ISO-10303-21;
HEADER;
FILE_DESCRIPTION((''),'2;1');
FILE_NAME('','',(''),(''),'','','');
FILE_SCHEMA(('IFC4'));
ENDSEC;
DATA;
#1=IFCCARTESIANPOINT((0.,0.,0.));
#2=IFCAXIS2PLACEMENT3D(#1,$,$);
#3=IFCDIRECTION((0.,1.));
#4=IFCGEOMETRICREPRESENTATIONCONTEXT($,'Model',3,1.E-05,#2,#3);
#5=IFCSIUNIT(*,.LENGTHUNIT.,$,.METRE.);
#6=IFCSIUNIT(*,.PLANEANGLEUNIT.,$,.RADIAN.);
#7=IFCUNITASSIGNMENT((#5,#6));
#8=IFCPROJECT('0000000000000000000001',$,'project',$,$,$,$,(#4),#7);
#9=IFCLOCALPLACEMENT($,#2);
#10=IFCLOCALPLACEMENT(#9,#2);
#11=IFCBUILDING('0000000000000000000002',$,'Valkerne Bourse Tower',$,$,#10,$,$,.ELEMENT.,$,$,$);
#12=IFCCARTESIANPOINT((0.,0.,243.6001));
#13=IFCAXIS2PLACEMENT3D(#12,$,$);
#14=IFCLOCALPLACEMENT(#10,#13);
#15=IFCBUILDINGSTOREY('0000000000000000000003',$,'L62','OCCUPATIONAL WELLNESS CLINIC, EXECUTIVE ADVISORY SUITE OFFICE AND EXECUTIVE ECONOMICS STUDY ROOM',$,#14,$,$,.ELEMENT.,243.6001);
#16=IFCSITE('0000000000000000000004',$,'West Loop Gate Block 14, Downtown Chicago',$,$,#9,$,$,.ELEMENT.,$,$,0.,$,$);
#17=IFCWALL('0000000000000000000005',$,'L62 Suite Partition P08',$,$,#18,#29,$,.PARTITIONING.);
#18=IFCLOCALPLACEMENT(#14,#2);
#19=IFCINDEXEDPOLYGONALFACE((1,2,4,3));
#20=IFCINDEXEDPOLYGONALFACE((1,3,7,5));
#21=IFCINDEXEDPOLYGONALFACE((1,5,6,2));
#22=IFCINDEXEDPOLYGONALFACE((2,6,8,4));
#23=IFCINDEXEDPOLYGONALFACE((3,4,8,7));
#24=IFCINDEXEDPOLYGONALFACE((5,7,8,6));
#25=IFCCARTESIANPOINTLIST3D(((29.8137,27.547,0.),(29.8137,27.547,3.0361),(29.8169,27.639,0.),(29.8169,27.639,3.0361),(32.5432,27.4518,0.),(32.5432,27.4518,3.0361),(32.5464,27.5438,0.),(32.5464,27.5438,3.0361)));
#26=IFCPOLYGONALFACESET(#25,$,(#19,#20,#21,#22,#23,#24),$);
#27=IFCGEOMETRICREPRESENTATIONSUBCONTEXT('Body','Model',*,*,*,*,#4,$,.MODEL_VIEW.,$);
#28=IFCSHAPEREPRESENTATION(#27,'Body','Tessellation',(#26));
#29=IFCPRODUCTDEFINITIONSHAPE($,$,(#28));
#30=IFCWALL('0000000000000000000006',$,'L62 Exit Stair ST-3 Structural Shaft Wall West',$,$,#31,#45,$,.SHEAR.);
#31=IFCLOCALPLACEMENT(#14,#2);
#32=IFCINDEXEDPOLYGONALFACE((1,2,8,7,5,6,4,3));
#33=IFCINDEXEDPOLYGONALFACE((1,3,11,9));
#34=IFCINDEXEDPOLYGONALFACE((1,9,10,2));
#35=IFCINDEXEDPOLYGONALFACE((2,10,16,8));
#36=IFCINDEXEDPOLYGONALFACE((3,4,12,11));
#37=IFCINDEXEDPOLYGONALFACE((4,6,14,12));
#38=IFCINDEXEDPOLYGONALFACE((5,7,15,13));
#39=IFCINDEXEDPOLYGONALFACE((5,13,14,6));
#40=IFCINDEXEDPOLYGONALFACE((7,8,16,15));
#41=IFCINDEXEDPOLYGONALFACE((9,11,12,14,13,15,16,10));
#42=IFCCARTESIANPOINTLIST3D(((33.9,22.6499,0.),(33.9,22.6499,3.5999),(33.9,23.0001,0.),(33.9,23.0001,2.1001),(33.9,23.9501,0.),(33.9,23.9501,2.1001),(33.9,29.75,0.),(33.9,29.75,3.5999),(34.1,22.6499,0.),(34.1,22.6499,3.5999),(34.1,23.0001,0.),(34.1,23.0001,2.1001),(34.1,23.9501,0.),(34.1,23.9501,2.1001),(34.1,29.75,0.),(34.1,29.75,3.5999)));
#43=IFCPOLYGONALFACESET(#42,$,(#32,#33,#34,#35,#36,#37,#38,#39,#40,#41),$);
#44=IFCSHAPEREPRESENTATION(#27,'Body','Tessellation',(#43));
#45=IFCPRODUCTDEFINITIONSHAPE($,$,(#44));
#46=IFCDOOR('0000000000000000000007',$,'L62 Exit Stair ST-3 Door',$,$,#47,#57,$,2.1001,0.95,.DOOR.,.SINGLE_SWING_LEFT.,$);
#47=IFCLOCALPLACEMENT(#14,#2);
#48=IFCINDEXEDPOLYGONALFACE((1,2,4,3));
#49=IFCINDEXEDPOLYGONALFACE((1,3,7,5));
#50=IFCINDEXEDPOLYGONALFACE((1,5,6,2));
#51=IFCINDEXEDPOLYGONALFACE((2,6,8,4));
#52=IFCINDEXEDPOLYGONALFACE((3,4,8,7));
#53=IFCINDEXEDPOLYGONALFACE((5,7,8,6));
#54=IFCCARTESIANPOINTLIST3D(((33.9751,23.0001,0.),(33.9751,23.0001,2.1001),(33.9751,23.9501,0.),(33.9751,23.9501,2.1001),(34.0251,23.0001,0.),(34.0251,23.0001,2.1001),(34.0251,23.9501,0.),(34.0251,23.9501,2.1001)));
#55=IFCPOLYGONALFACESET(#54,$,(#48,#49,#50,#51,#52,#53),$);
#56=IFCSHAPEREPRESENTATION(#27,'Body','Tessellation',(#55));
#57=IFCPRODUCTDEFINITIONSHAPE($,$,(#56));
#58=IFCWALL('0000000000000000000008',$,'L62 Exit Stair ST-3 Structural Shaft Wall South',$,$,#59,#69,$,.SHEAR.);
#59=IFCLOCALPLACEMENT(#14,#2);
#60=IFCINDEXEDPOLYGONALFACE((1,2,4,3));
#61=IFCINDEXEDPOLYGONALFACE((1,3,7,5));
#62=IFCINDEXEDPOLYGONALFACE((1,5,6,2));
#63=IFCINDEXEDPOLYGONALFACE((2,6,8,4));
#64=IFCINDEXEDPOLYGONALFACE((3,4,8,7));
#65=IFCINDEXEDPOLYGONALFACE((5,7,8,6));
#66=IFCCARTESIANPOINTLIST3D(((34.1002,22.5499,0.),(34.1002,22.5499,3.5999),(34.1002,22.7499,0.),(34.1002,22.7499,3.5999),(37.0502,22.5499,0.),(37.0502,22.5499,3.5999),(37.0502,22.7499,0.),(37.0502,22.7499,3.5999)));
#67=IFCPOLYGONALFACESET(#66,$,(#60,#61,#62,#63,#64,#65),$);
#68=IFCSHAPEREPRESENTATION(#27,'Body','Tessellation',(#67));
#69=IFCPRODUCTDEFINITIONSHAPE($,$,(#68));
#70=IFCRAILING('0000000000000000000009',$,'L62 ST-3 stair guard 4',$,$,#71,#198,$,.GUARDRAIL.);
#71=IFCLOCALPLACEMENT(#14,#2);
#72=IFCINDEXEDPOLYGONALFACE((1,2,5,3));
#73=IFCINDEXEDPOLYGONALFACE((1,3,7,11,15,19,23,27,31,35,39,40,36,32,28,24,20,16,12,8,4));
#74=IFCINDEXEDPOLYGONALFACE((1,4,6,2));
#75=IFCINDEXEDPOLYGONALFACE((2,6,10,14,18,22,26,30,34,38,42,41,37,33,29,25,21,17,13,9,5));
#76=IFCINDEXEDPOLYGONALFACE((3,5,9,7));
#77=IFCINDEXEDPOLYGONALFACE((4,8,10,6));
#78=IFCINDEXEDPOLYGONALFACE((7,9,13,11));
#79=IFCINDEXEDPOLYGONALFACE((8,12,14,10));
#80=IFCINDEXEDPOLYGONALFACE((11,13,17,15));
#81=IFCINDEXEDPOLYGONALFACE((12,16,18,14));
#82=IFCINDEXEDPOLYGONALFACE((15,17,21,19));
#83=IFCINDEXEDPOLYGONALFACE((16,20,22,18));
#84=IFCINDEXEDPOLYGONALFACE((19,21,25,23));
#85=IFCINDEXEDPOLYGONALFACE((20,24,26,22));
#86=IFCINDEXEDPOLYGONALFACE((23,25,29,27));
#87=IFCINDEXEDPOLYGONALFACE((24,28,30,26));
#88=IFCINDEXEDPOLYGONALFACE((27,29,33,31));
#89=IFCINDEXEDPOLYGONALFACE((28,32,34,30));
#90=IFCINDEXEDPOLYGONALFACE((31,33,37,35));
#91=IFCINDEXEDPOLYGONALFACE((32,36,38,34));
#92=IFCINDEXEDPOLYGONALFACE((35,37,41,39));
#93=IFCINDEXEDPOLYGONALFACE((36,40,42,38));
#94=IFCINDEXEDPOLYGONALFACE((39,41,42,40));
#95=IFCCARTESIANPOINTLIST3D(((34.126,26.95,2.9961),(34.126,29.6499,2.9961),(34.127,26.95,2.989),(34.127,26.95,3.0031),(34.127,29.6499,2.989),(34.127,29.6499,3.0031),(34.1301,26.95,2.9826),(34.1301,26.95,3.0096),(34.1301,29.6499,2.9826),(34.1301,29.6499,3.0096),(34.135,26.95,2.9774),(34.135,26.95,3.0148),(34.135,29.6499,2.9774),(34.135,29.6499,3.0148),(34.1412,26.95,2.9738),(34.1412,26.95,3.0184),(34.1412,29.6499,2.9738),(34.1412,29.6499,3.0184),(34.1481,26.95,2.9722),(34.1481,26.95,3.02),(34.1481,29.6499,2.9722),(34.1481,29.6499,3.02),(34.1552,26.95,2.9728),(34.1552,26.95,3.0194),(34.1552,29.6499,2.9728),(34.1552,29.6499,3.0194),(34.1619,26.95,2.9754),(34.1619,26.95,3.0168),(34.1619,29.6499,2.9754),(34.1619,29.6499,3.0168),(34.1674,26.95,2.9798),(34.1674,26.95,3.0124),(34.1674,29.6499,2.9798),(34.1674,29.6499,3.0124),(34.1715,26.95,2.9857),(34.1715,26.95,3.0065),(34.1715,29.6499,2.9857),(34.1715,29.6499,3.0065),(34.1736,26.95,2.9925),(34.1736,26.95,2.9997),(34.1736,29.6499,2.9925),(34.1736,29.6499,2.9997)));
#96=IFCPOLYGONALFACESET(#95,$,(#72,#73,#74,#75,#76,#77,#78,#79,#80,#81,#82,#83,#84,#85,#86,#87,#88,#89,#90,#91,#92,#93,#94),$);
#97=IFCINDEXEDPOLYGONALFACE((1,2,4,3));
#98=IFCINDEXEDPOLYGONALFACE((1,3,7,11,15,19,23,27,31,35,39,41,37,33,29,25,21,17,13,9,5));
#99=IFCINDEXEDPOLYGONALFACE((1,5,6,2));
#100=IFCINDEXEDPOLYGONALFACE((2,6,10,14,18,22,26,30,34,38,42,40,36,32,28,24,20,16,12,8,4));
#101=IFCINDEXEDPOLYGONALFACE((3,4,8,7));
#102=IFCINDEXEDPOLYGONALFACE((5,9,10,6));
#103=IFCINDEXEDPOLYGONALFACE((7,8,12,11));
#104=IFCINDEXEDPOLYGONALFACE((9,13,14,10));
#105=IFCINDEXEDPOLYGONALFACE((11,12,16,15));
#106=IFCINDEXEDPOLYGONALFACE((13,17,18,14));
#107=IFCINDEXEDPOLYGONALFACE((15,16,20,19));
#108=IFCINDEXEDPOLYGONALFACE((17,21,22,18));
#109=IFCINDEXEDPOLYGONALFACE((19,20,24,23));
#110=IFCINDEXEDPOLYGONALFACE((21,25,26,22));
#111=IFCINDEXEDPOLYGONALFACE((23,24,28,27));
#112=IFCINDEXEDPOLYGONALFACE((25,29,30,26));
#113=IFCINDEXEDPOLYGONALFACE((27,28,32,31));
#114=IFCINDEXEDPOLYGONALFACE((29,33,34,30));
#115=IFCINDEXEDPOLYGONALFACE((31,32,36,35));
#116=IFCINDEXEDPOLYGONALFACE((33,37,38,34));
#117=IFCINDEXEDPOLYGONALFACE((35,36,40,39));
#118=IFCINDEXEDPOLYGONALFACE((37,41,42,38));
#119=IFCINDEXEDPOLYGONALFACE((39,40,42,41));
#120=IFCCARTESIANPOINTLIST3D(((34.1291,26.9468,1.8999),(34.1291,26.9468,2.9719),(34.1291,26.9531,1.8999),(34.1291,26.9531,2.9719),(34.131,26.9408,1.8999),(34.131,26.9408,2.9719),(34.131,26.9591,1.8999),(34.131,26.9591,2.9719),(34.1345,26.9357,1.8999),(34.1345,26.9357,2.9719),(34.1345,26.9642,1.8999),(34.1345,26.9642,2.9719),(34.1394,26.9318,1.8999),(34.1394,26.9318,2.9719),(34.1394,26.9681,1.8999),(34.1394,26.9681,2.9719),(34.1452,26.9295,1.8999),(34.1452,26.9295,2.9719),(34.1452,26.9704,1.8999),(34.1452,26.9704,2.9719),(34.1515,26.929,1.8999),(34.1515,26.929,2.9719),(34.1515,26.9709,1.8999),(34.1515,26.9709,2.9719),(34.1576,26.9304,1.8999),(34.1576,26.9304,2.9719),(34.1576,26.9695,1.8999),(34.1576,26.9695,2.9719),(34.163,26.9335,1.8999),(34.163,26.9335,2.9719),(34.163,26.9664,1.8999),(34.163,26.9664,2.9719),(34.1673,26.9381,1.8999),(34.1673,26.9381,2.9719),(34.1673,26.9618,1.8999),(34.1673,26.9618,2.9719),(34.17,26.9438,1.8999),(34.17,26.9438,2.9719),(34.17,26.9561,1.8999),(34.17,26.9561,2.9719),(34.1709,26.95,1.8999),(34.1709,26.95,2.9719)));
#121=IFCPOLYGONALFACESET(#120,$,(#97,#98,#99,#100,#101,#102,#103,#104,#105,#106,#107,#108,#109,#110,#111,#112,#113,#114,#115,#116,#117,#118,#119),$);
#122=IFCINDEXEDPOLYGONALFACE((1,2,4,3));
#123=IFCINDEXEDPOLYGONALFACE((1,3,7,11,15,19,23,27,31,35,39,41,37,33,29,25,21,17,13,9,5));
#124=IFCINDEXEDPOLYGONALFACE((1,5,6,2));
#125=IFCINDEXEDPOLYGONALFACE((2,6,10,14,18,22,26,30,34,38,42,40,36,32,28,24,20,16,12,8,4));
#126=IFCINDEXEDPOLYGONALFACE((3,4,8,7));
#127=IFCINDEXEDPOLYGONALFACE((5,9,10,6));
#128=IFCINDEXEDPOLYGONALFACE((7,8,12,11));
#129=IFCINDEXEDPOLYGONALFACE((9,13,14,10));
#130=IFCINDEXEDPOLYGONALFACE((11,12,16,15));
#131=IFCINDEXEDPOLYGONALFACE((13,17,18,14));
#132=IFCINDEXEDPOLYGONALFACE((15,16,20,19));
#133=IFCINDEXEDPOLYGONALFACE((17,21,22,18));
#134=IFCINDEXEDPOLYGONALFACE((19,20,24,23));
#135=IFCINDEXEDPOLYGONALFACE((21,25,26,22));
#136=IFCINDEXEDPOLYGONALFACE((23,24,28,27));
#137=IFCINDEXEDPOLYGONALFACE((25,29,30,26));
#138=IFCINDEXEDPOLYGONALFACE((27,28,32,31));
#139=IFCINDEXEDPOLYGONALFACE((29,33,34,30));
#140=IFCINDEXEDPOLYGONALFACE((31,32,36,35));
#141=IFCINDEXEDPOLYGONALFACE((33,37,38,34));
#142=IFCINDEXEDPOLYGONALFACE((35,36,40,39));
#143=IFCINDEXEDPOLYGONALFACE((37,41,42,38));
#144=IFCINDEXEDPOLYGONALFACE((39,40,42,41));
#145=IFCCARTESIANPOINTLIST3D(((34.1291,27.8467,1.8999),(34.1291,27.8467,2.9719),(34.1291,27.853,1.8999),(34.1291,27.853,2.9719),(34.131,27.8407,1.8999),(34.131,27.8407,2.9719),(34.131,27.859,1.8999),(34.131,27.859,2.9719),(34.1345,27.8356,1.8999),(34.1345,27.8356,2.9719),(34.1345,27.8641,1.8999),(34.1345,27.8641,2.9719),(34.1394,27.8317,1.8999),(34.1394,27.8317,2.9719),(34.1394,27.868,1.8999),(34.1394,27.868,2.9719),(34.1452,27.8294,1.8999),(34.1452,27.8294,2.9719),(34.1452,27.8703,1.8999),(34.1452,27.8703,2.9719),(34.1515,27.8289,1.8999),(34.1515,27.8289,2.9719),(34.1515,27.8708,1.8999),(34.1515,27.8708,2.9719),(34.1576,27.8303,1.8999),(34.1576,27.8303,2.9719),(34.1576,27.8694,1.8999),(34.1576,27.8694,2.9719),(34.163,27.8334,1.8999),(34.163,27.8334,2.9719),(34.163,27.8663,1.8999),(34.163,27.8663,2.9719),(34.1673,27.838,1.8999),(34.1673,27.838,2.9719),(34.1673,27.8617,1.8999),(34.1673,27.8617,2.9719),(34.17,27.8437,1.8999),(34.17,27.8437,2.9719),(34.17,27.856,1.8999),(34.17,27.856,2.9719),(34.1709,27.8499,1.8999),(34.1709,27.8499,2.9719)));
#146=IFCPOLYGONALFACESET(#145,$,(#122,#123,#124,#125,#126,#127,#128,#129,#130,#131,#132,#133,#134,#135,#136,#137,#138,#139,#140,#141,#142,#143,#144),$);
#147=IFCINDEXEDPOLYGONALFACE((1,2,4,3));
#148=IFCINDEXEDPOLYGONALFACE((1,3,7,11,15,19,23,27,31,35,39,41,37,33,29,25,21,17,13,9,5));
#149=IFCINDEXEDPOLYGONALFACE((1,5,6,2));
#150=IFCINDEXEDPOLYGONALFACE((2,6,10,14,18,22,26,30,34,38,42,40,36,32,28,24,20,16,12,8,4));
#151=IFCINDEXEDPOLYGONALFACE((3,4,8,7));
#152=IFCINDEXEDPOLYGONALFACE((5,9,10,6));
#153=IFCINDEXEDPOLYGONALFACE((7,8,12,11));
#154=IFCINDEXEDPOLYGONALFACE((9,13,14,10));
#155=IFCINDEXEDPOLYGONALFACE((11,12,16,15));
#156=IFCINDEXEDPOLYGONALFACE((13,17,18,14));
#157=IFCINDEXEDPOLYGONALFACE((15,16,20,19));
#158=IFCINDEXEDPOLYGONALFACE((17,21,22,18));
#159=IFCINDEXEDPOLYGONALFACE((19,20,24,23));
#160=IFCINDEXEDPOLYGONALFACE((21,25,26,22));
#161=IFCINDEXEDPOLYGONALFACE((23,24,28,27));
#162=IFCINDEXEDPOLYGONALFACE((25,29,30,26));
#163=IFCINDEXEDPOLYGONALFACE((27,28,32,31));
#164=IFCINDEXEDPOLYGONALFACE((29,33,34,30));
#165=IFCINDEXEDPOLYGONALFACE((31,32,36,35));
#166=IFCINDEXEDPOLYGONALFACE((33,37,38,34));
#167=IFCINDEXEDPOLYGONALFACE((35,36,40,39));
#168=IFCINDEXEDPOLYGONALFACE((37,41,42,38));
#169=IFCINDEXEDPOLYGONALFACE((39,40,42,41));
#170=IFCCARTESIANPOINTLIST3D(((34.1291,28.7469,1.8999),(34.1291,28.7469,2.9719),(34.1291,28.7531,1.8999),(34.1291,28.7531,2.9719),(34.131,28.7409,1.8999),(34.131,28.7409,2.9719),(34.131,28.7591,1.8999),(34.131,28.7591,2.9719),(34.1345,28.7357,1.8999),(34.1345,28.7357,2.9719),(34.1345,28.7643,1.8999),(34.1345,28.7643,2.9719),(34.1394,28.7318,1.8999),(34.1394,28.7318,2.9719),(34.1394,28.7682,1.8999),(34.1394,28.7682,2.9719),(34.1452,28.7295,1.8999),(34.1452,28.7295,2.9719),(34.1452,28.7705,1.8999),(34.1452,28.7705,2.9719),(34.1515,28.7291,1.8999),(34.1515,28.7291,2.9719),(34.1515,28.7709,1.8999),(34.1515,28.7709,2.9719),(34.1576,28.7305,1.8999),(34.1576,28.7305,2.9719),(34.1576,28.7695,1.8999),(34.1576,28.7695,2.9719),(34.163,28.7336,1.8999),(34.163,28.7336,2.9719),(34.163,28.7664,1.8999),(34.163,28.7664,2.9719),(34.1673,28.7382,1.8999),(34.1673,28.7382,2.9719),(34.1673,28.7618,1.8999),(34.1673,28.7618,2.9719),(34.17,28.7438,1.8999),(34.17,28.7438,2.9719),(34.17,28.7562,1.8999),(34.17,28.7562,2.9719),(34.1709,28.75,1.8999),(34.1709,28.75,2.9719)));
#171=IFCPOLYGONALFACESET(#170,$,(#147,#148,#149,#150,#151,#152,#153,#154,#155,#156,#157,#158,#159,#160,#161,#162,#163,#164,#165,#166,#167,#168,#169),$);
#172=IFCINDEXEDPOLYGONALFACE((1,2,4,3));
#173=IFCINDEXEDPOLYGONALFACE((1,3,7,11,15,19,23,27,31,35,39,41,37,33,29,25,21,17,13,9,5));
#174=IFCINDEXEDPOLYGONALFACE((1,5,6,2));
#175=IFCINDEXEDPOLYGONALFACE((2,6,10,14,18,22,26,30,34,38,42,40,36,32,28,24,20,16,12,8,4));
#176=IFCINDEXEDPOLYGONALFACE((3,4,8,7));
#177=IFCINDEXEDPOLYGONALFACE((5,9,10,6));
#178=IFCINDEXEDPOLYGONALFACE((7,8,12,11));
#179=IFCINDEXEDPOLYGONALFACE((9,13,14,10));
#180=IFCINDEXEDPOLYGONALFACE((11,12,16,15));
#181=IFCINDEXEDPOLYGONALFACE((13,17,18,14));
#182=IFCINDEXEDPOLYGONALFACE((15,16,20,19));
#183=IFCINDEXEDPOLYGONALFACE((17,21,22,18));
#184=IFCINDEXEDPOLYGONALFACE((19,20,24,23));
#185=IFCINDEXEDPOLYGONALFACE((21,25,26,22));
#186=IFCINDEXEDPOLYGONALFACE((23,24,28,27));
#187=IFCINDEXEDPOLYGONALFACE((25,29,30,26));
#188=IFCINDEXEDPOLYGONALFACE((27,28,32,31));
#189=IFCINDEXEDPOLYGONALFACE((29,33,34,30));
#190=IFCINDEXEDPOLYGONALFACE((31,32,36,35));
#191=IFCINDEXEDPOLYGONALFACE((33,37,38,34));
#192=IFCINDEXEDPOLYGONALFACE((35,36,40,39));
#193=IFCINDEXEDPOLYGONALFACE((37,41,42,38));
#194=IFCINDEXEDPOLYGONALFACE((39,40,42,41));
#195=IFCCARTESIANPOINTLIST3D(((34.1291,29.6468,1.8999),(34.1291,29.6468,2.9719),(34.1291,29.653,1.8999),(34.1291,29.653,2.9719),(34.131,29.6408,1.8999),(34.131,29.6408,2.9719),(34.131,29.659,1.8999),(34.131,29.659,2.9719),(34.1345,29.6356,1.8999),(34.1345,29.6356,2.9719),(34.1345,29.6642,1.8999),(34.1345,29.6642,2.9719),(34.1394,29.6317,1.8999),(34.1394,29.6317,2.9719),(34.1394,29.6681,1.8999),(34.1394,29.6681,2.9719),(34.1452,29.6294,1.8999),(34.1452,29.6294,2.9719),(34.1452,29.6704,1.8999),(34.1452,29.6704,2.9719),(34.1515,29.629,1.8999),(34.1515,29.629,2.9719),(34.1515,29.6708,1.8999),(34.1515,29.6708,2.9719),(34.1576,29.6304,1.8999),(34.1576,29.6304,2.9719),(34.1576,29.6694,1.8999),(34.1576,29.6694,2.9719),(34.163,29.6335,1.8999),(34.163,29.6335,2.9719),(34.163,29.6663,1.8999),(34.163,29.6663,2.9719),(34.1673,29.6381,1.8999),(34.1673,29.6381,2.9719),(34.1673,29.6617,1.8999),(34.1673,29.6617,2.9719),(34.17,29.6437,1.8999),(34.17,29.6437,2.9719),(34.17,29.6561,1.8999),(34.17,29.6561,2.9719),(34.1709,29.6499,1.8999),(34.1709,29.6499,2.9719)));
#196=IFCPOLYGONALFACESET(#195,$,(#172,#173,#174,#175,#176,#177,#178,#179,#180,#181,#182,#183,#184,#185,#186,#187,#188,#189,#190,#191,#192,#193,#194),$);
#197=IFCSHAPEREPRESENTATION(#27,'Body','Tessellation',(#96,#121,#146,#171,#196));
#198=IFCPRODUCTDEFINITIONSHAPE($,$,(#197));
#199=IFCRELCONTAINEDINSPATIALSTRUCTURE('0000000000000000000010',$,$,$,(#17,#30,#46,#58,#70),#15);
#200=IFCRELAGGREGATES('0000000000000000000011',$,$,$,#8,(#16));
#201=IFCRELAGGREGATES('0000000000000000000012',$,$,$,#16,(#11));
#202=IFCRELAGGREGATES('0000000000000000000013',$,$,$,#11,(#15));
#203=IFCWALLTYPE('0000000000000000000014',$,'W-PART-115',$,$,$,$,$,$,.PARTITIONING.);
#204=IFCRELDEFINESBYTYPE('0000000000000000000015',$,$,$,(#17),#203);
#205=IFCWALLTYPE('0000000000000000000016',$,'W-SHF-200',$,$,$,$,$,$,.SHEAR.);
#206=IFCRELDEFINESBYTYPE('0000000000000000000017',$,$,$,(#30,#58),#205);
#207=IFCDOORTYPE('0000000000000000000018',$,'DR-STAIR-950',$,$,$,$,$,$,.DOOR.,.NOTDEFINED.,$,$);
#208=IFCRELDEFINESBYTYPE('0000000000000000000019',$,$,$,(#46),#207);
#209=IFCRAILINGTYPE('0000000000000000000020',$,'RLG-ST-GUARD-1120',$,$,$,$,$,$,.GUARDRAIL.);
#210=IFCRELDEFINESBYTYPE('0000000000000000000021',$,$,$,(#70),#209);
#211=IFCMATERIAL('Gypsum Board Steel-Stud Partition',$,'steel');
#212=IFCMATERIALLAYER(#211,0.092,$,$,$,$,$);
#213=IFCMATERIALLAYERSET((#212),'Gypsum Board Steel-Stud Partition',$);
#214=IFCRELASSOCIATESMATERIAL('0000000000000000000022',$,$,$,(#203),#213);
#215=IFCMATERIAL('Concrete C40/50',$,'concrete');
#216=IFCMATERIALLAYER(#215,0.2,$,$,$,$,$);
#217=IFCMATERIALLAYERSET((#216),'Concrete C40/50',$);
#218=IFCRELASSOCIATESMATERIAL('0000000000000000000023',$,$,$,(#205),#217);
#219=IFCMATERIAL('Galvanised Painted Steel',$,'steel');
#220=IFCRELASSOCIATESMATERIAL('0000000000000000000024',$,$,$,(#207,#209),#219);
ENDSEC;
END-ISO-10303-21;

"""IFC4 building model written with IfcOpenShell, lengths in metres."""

from ifc_helpers import new_model, si_unit, direction, frame, frame_2d, origin, origin_2d, place, context, subcontext, project, spatial, rectangle, circle, extrude, material, layer, layer_set, type_object, element, fill, save


model = new_model("IFC4")

# Units and contexts
model_context = context("Model", 3, precision=1e-05, world=origin(), true_north=direction((0.0, 1.0)))
body_context = subcontext(model_context, "Body", "Model", "MODEL_VIEW")
ifc_project = project(units=[si_unit("LENGTHUNIT", "METRE"), si_unit("PLANEANGLEUNIT", "RADIAN")], contexts=[model_context])

# Site, building, storey
site_placement = place(None, origin())
site = spatial("IfcSite", under=ifc_project, at=site_placement, Name="West Loop Gate Block 14, Downtown Chicago", CompositionType="ELEMENT", RefElevation=0.0)
building_placement = place(site_placement, origin())
building = spatial("IfcBuilding", under=site, at=building_placement, Name="Valkerne Bourse Tower", CompositionType="ELEMENT")
storey_placement = place(building_placement, frame((0.0, 0.0, 243.6001)))
storey = spatial("IfcBuildingStorey", under=building, at=storey_placement, Name="L62", Description="OCCUPATIONAL WELLNESS CLINIC, EXECUTIVE ADVISORY SUITE OFFICE AND EXECUTIVE ECONOMICS STUDY ROOM", CompositionType="ELEMENT", Elevation=243.6001)

# Shared definitions
ifc_material_1 = material(Name="Gypsum Board Steel-Stud Partition", Category="steel")

# Wall
ifc_layer_1 = layer(ifc_material_1, 0.092)
ifc_layer_set_1 = layer_set([ifc_layer_1], Name="Gypsum Board Steel-Stud Partition")
wall_type_1 = type_object("IfcWallType", Name="W-PART-115", PredefinedType="PARTITIONING", material=ifc_layer_set_1)
wall_1_placement = place(storey_placement, frame((32.5449, 27.4978, 0.0), z_axis=(0.0, 0.0, 1.0), x_axis=(-0.999392, 0.034863, 0.0)))
element("IfcWall", 1, at=wall_1_placement, inside=storey, type_object=wall_type_1, Name="L62 Suite Partition P08", PredefinedType="PARTITIONING", context=body_context, shape_type="SweptSolid", body=[
    extrude(rectangle(XDim=2.7312, YDim=0.092, at=frame_2d((1.3657, 0.0))), origin(), (0.0, 0.0, 1.0), 3.0361),
])

# Wall, opening, door
ifc_material_2 = material(Name="Concrete C40/50", Category="concrete")
ifc_layer_2 = layer(ifc_material_2, 0.2)
ifc_layer_set_2 = layer_set([ifc_layer_2], Name="Concrete C40/50")
wall_type_2 = type_object("IfcWallType", Name="W-SHF-200", PredefinedType="SHEAR", material=ifc_layer_set_2)
wall_2_placement = place(storey_placement, frame((34.0, 22.6499, 0.0), z_axis=(0.0, 0.0, 1.0), x_axis=(0.0, 1.0, 0.0)))
wall_2 = element("IfcWall", 2, at=wall_2_placement, inside=storey, type_object=wall_type_2, Name="L62 Exit Stair ST-3 Structural Shaft Wall West", PredefinedType="SHEAR", context=body_context, shape_type="SweptSolid", body=[
    extrude(rectangle(XDim=7.1001, YDim=0.2, at=frame_2d((3.55, 0.0))), origin(), (0.0, 0.0, 1.0), 3.5999),
])
opening_1_placement = place(wall_2_placement, frame((0.3501, 0.0, 0.0)))
opening_1 = element("IfcOpeningElement", 3, at=opening_1_placement, cuts=wall_2, PredefinedType="OPENING", context=body_context, shape_type="SweptSolid", body=[
    extrude(rectangle(XDim=0.95, YDim=2.1001, at=frame_2d((0.4751, 1.05))), frame((0.0, 0.1099, 0.0), z_axis=(0.0, -1.0, 0.0), x_axis=(1.0, 0.0, 0.0)), (0.0, 0.0, 1.0), 0.22),
])
ifc_material_3 = material(Name="Galvanised Painted Steel", Category="steel")
door_type_1 = type_object("IfcDoorType", Name="DR-STAIR-950", OperationType="NOTDEFINED", PredefinedType="DOOR", material=ifc_material_3)
door_1_placement = place(opening_1_placement, origin())
door_1 = element("IfcDoor", 4, at=door_1_placement, inside=storey, type_object=door_type_1, Name="L62 Exit Stair ST-3 Door", OperationType="SINGLE_SWING_LEFT", OverallHeight=2.1001, OverallWidth=0.95, PredefinedType="DOOR", context=body_context, shape_type="SweptSolid", body=[
    extrude(rectangle(XDim=0.95, YDim=2.1001, at=frame_2d((0.4751, 1.05))), frame((0.0, 0.0249, 0.0), z_axis=(0.0, -1.0, 0.0), x_axis=(1.0, 0.0, 0.0)), (0.0, 0.0, 1.0), 0.05),
])
fill(opening_1, door_1)

# Wall
wall_3_placement = place(storey_placement, frame((34.1001, 22.6499, 0.0), z_axis=(0.0, 0.0, 1.0), x_axis=(1.0, 0.0, 0.0)))
element("IfcWall", 5, at=wall_3_placement, inside=storey, type_object=wall_type_2, Name="L62 Exit Stair ST-3 Structural Shaft Wall South", PredefinedType="SHEAR", context=body_context, shape_type="SweptSolid", body=[
    extrude(rectangle(XDim=2.95, YDim=0.2, at=frame_2d((1.4751, 0.0))), origin(), (0.0, 0.0, 1.0), 3.5999),
])

# Railing
railing_type = type_object("IfcRailingType", Name="RLG-ST-GUARD-1120", PredefinedType="GUARDRAIL", material=ifc_material_3)
railing_1_placement = place(storey_placement, frame((34.1499, 26.95, 1.8999)))
element("IfcRailing", 6, at=railing_1_placement, inside=storey, type_object=railing_type, Name="L62 ST-3 stair guard 4", PredefinedType="GUARDRAIL", context=body_context, shape_type="SweptSolid", body=[
    extrude(circle(Radius=0.0239, at=origin_2d()), frame((0.0, 0.0, 1.0962), z_axis=(0.0, 1.0, 0.0), x_axis=(-1.0, 0.0, 0.0)), (0.0, 0.0, 1.0), 2.7),
    extrude(circle(Radius=0.021, at=origin_2d()), origin(), (0.0, 0.0, 1.0), 1.072),
    extrude(circle(Radius=0.021, at=origin_2d()), frame((0.0, 0.8999, 0.0)), (0.0, 0.0, 1.0), 1.072),
    extrude(circle(Radius=0.021, at=origin_2d()), frame((0.0, 1.8, 0.0)), (0.0, 0.0, 1.0), 1.072),
    extrude(circle(Radius=0.021, at=origin_2d()), frame((0.0, 2.7, 0.0)), (0.0, 0.0, 1.0), 1.072),
])

save(model, "model.ifc")
